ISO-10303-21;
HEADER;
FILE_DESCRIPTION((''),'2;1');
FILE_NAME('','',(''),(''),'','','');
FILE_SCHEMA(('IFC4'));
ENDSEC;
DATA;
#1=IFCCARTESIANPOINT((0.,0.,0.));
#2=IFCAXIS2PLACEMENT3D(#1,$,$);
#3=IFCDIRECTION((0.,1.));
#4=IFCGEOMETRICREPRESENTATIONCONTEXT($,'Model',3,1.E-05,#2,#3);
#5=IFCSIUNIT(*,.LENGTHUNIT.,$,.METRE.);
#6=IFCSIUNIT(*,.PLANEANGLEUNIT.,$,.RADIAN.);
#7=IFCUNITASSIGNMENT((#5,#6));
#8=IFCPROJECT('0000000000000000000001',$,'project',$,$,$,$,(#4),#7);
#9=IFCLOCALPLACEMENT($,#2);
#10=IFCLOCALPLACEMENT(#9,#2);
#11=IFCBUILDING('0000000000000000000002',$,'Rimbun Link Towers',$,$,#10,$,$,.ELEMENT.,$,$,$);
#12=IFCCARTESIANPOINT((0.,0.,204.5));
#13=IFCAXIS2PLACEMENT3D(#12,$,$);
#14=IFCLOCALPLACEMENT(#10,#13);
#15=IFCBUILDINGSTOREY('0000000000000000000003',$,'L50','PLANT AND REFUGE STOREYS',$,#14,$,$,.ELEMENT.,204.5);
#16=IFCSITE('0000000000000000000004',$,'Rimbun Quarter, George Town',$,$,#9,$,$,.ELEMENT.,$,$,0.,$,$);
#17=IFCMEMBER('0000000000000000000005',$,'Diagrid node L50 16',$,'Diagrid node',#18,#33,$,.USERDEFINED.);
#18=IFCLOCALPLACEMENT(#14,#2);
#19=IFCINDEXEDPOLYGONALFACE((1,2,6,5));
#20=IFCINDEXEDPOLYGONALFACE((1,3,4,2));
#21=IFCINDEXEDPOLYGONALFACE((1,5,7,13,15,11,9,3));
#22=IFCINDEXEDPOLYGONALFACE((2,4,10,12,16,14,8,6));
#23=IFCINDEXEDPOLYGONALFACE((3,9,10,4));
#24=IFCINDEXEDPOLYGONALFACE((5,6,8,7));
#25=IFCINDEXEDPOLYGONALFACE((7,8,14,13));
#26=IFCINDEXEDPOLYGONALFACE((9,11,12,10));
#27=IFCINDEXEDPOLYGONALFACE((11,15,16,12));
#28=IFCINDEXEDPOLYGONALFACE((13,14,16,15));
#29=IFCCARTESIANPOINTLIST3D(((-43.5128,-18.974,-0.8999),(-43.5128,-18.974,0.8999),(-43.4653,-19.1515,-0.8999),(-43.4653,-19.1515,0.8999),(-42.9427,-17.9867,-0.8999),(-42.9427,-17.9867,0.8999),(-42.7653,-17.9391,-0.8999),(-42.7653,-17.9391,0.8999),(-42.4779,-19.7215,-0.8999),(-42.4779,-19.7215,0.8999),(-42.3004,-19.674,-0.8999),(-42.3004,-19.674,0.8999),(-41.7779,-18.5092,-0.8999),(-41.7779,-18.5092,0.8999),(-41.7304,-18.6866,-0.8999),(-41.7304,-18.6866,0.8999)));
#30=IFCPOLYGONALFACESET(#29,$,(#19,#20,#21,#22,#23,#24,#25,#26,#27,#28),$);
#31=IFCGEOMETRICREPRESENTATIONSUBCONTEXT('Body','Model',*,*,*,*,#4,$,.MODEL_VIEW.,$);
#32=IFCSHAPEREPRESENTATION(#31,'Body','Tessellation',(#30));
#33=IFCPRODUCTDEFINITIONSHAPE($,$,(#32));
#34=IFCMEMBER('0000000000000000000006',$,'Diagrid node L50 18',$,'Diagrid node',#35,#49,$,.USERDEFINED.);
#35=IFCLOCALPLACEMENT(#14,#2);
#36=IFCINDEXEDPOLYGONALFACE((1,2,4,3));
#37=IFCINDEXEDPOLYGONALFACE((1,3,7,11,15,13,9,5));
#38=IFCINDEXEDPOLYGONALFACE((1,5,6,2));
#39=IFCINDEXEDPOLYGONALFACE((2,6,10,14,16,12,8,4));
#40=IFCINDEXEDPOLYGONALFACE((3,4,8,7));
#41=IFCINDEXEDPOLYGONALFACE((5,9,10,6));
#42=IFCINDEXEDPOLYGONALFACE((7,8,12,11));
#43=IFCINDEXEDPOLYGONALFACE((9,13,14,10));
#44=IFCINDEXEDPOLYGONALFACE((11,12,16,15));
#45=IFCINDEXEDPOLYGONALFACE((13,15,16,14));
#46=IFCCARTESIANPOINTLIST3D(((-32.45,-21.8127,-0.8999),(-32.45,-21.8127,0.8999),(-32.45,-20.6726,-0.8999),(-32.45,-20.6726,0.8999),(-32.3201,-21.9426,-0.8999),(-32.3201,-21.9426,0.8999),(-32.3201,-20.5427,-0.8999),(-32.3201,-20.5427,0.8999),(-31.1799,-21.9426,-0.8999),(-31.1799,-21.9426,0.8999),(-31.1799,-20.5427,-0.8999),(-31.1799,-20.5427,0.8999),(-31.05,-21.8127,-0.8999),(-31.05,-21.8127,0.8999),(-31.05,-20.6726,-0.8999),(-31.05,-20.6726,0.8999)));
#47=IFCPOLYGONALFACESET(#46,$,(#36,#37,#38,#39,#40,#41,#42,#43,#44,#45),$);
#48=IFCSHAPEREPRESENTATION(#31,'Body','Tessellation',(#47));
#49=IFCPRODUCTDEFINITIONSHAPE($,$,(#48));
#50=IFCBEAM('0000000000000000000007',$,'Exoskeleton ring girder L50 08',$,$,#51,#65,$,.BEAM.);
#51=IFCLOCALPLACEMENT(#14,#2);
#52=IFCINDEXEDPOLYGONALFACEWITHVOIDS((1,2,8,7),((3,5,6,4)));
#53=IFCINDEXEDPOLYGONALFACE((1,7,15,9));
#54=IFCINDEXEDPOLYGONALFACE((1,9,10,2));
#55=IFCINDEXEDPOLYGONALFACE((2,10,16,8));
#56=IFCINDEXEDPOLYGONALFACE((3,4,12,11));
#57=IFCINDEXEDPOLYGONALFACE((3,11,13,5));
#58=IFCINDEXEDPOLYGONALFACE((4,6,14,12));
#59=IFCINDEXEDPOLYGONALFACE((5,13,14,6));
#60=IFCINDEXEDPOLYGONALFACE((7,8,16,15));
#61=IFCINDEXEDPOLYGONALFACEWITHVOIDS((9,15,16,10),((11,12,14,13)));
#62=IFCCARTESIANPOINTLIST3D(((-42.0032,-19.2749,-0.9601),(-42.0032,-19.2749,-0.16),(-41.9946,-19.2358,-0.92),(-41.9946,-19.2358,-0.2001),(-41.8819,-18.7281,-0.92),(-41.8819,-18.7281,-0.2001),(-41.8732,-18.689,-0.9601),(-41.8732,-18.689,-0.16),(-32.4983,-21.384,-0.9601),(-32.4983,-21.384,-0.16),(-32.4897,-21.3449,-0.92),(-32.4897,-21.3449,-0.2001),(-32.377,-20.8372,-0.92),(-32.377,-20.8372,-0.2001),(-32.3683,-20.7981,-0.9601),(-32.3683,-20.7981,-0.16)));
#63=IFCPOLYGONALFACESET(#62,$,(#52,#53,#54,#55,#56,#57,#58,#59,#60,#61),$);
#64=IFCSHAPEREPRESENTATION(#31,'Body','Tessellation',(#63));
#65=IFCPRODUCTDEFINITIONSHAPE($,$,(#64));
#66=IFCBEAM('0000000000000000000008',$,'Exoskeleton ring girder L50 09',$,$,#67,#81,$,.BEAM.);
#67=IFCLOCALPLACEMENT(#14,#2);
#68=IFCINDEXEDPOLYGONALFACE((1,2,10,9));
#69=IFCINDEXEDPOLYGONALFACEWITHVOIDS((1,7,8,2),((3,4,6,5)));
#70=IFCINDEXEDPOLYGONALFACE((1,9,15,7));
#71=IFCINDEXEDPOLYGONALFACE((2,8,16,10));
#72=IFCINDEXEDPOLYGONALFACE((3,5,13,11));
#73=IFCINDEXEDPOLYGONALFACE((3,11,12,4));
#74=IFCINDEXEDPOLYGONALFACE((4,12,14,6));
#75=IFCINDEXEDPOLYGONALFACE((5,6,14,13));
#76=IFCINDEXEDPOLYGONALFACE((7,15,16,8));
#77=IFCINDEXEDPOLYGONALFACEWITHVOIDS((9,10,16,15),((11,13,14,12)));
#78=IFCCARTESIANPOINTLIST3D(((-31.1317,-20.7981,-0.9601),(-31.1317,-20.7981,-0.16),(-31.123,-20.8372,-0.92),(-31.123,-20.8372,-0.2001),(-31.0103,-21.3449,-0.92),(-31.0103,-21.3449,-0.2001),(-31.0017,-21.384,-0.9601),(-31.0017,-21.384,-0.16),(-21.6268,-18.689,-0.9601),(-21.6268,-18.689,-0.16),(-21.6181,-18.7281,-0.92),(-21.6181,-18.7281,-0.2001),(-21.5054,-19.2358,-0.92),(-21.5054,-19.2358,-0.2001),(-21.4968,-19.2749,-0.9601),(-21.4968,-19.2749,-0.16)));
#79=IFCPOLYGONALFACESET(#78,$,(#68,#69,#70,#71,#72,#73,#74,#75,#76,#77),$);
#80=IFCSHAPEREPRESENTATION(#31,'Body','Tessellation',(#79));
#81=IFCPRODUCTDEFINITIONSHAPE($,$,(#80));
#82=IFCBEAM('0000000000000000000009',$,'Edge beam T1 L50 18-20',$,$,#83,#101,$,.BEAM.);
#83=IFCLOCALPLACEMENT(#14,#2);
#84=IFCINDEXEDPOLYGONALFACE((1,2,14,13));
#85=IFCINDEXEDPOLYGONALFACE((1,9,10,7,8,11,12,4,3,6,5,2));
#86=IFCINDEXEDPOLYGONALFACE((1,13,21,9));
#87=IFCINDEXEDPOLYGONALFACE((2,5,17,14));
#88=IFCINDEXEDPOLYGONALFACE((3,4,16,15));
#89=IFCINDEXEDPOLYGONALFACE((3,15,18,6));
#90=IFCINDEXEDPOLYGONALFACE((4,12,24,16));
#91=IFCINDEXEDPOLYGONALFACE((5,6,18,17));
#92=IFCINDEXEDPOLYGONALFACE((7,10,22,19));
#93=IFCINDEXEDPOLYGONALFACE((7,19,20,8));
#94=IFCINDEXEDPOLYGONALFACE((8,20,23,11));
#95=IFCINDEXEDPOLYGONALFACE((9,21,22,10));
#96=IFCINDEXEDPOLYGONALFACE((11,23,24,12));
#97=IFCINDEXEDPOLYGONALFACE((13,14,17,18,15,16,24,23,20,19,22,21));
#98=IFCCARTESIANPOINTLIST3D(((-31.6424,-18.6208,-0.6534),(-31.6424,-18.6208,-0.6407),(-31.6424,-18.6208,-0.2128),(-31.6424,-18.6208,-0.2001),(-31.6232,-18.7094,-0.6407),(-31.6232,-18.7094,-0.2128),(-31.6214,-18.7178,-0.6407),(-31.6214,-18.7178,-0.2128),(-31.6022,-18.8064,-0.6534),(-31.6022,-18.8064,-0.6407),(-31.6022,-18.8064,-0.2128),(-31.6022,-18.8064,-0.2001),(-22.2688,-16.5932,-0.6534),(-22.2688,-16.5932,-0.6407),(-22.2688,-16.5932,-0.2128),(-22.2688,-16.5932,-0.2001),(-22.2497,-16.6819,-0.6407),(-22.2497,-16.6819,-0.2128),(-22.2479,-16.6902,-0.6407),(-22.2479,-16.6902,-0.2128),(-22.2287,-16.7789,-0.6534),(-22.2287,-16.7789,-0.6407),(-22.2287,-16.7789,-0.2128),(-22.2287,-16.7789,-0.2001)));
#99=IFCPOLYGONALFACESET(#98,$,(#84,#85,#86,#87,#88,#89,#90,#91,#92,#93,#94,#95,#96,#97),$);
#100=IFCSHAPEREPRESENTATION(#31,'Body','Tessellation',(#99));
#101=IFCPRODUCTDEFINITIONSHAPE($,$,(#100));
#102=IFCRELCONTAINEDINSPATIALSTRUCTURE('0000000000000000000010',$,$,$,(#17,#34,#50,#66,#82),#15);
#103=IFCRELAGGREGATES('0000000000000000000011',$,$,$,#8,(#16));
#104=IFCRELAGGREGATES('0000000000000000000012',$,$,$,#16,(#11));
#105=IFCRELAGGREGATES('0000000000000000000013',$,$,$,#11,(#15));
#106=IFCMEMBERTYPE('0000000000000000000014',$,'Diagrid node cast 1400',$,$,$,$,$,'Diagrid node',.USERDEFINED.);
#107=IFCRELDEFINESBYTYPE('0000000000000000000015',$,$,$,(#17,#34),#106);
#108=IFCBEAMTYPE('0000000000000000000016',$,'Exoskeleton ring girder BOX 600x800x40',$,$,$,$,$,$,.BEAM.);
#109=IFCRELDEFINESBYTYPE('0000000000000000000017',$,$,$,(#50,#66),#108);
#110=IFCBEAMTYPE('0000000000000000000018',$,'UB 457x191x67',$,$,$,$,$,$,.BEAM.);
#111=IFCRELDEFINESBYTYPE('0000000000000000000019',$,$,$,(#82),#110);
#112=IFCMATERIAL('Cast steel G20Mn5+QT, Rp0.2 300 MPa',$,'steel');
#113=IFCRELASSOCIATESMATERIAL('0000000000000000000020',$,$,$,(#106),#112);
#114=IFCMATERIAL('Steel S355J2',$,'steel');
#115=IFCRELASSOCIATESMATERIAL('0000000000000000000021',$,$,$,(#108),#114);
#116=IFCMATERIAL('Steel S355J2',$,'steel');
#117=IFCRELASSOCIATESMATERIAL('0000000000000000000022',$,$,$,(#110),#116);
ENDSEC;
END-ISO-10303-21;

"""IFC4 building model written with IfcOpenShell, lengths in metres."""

from ifc_helpers import new_model, si_unit, direction, frame, origin, origin_2d, place, context, subcontext, project, spatial, polyline, hollow_rectangle, i_section, outline, extrude, material, material_profile, profile_set, type_object, element, save


model = new_model("IFC4")

# Units and contexts
model_context = context("Model", 3, precision=1e-05, world=origin(), true_north=direction((0.0, 1.0)))
body_context = subcontext(model_context, "Body", "Model", "MODEL_VIEW")
ifc_project = project(units=[si_unit("LENGTHUNIT", "METRE"), si_unit("PLANEANGLEUNIT", "RADIAN")], contexts=[model_context])

# Site, building, storey
site_placement = place(None, origin())
site = spatial("IfcSite", under=ifc_project, at=site_placement, Name="Rimbun Quarter, George Town", CompositionType="ELEMENT", RefElevation=0.0)
building_placement = place(site_placement, origin())
building = spatial("IfcBuilding", under=site, at=building_placement, Name="Rimbun Link Towers", CompositionType="ELEMENT")
storey_placement = place(building_placement, frame((0.0, 0.0, 204.5)))
storey = spatial("IfcBuildingStorey", under=building, at=storey_placement, Name="L50", Description="PLANT AND REFUGE STOREYS", CompositionType="ELEMENT", Elevation=204.5)

# Members
ifc_material_1 = material(Name="Cast steel G20Mn5+QT, Rp0.2 300 MPa", Category="steel")
ifc_material_profile_1 = material_profile(ifc_material_1, outline(polyline([(0.7, -0.5701), (0.7, 0.5701), (0.5701, 0.7), (-0.5701, 0.7), (-0.7, 0.5701), (-0.7, -0.5701), (-0.5701, -0.7), (0.5701, -0.7), (0.7, -0.5701)])), Name="NODE 1400x1400")
ifc_profile_set_1 = profile_set([ifc_material_profile_1], Name="Cast steel G20Mn5+QT, Rp0.2 300 MPa")
member_type_1 = type_object("IfcMemberType", Name="Diagrid node cast 1400", ElementType="Diagrid node", PredefinedType="USERDEFINED", material=ifc_profile_set_1)
for number, where, z_axis, x_axis, name in (
    (1, (-42.6216, -18.8303, -0.8999), (0.0, 0.0, 1.0), (-0.5, -0.866025, 0.0), "Diagrid node L50 16"),
    (2, (-31.75, -21.2427, -0.8999), (0.0, 0.0, 1.0), (0.0, -1.0, 0.0), "Diagrid node L50 18"),
):
    element("IfcMember", number, at=place(storey_placement, frame(where, z_axis=z_axis, x_axis=x_axis)), inside=storey, type_object=member_type_1, Name=name, ObjectType="Diagrid node", PredefinedType="USERDEFINED", context=body_context, shape_type="SweptSolid", body=[
        extrude(outline(polyline([(0.7, -0.5701), (0.7, 0.5701), (0.5701, 0.7), (-0.5701, 0.7), (-0.7, 0.5701), (-0.7, -0.5701), (-0.5701, -0.7), (0.5701, -0.7), (0.7, -0.5701)])), origin(), (0.0, 0.0, 1.0), 1.7998),
    ])

# Beams
ifc_material_2 = material(Name="Steel S355J2", Category="steel")
ifc_material_profile_2 = material_profile(ifc_material_2, hollow_rectangle(XDim=0.6001, YDim=0.8, WallThickness=0.04, at=origin_2d()), Name="Exoskeleton ring girder BOX 600x800x40")
ifc_profile_set_2 = profile_set([ifc_material_profile_2], Name="Steel S355J2")
beam_type_1 = type_object("IfcBeamType", Name="Exoskeleton ring girder BOX 600x800x40", PredefinedType="BEAM", material=ifc_profile_set_2)
for number, where, z_axis, x_axis, name in (
    (3, (-41.9382, -18.9819, -0.5601), (0.976254, -0.21663, 0.0), (0.21663, 0.976254, 0.0), "Exoskeleton ring girder L50 08"),
    (4, (-31.0667, -21.0911, -0.5601), (0.976254, 0.21663, 0.0), (-0.21663, 0.976254, 0.0), "Exoskeleton ring girder L50 09"),
):
    element("IfcBeam", number, at=place(storey_placement, frame(where, z_axis=z_axis, x_axis=x_axis)), inside=storey, type_object=beam_type_1, Name=name, PredefinedType="BEAM", context=body_context, shape_type="SweptSolid", body=[
        extrude(hollow_rectangle(XDim=0.6001, YDim=0.8, WallThickness=0.04, at=origin_2d()), origin(), (0.0, 0.0, 1.0), 9.7361),
    ])
ifc_material_3 = material(Name="Steel S355J2", Category="steel")
ifc_material_profile_3 = material_profile(ifc_material_3, i_section(OverallWidth=0.1899, OverallDepth=0.4534, WebThickness=0.0085, FlangeThickness=0.0127, at=origin_2d()), Name="UB 457x191x67")
ifc_profile_set_3 = profile_set([ifc_material_profile_3], Name="Steel S355J2")
beam_type_2 = type_object("IfcBeamType", Name="UB 457x191x67", PredefinedType="BEAM", material=ifc_profile_set_3)
beam_placement = place(storey_placement, frame((-31.6223, -18.7136, -0.4268), z_axis=(0.977395, 0.21142, 0.0), x_axis=(-0.21142, 0.977395, 0.0)))
element("IfcBeam", 5, at=beam_placement, inside=storey, type_object=beam_type_2, Name="Edge beam T1 L50 18-20", PredefinedType="BEAM", context=body_context, shape_type="SweptSolid", body=[
    extrude(i_section(OverallWidth=0.1899, OverallDepth=0.4534, WebThickness=0.0085, FlangeThickness=0.0127, at=origin_2d()), origin(), (0.0, 0.0, 1.0), 9.5903),
])

save(model, "model.ifc")
